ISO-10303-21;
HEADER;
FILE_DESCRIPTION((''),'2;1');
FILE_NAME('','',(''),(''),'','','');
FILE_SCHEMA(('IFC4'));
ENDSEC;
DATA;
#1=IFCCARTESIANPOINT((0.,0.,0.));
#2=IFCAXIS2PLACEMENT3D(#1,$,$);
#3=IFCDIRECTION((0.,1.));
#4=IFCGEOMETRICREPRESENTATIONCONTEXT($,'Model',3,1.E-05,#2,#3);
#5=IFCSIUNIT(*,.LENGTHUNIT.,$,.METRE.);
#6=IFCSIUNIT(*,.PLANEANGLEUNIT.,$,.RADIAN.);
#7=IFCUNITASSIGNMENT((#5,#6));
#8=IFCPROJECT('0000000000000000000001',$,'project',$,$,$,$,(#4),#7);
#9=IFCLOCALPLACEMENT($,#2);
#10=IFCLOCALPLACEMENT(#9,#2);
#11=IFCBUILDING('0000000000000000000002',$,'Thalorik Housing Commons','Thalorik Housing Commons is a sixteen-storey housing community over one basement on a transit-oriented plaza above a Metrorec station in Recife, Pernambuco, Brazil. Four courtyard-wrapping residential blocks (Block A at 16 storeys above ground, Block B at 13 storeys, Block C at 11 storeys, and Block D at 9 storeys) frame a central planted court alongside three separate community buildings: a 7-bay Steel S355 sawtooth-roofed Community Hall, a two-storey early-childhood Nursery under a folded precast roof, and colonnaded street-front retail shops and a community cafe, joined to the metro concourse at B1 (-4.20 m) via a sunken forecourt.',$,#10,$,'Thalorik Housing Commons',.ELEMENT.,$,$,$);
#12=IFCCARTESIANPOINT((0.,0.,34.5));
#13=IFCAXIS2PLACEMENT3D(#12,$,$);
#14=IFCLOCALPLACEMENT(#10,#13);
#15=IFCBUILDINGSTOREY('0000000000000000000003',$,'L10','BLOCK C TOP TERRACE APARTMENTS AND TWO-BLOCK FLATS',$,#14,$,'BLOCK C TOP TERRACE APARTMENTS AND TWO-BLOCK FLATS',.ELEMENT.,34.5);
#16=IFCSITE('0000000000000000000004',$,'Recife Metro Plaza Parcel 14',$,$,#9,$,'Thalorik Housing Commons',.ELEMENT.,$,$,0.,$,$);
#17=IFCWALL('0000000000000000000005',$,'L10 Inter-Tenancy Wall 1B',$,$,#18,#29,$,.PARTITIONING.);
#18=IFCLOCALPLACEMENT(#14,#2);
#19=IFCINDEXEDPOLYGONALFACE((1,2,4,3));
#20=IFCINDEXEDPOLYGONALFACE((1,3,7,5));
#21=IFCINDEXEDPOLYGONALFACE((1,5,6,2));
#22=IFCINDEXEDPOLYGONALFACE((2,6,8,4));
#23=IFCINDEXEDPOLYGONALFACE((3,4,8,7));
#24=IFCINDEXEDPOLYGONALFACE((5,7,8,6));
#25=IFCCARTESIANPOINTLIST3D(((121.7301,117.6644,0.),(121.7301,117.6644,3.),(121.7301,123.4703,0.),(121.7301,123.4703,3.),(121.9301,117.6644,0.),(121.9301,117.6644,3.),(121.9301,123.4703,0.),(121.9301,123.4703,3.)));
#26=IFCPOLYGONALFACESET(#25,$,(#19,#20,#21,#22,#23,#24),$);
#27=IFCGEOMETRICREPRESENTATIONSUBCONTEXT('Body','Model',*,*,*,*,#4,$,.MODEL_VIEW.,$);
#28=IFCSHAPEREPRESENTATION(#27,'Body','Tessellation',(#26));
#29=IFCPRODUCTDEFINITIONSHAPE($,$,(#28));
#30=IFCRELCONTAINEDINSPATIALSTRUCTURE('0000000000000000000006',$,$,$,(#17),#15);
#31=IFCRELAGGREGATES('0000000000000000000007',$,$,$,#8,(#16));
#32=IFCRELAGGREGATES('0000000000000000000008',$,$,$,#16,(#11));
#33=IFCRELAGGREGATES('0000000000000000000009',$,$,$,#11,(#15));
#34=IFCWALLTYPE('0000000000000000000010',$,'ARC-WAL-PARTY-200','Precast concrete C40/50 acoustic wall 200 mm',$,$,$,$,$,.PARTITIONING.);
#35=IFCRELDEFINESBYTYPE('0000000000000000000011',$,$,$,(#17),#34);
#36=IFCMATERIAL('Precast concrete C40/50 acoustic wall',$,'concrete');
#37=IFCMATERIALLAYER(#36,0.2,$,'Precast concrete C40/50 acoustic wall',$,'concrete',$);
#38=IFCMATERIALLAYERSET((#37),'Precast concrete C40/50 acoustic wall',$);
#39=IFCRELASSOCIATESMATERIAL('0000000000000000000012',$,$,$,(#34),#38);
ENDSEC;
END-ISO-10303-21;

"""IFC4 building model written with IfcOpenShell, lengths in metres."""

from ifc_helpers import new_model, si_unit, direction, frame, frame_2d, origin, place, context, subcontext, project, spatial, rectangle, extrude, material, layer, layer_set, type_object, element, save


model = new_model("IFC4")

# Units and contexts
model_context = context("Model", 3, precision=1e-05, world=origin(), true_north=direction((0.0, 1.0)))
body_context = subcontext(model_context, "Body", "Model", "MODEL_VIEW")
ifc_project = project(units=[si_unit("LENGTHUNIT", "METRE"), si_unit("PLANEANGLEUNIT", "RADIAN")], contexts=[model_context])

# Site, building, storey
site_placement = place(None, origin())
site = spatial("IfcSite", under=ifc_project, at=site_placement, Name="Recife Metro Plaza Parcel 14", LongName="Thalorik Housing Commons", CompositionType="ELEMENT", RefElevation=0.0)
building_placement = place(site_placement, origin())
building = spatial("IfcBuilding", under=site, at=building_placement, Name="Thalorik Housing Commons", Description="Thalorik Housing Commons is a sixteen-storey housing community over one basement on a transit-oriented plaza above a Metrorec station in Recife, Pernambuco, Brazil. Four courtyard-wrapping residential blocks (Block A at 16 storeys above ground, Block B at 13 storeys, Block C at 11 storeys, and Block D at 9 storeys) frame a central planted court alongside three separate community buildings: a 7-bay Steel S355 sawtooth-roofed Community Hall, a two-storey early-childhood Nursery under a folded precast roof, and colonnaded street-front retail shops and a community cafe, joined to the metro concourse at B1 (-4.20 m) via a sunken forecourt.", LongName="Thalorik Housing Commons", CompositionType="ELEMENT")
storey_placement = place(building_placement, frame((0.0, 0.0, 34.5)))
storey = spatial("IfcBuildingStorey", under=building, at=storey_placement, Name="L10", Description="BLOCK C TOP TERRACE APARTMENTS AND TWO-BLOCK FLATS", LongName="BLOCK C TOP TERRACE APARTMENTS AND TWO-BLOCK FLATS", CompositionType="ELEMENT", Elevation=34.5)

# Wall
ifc_material_1 = material(Name="Precast concrete C40/50 acoustic wall", Category="concrete")
ifc_layer_1 = layer(ifc_material_1, 0.2, Name="Precast concrete C40/50 acoustic wall", Category="concrete")
ifc_layer_set_1 = layer_set([ifc_layer_1], Name="Precast concrete C40/50 acoustic wall")
wall_type_1 = type_object("IfcWallType", Name="ARC-WAL-PARTY-200", Description="Precast concrete C40/50 acoustic wall 200 mm", PredefinedType="PARTITIONING", material=ifc_layer_set_1)
wall_1_placement = place(storey_placement, frame((121.8301, 117.6646, 0.0), z_axis=(0.0, 0.0, 1.0), x_axis=(0.0, 1.0, 0.0)))
element("IfcWall", 1, at=wall_1_placement, inside=storey, type_object=wall_type_1, Name="L10 Inter-Tenancy Wall 1B", PredefinedType="PARTITIONING", context=body_context, shape_type="SweptSolid", body=[
    extrude(rectangle(XDim=5.8059, YDim=0.2, at=frame_2d((2.9028, 0.0))), origin(), (0.0, 0.0, 1.0), 3.0),
])

save(model, "model.ifc")
